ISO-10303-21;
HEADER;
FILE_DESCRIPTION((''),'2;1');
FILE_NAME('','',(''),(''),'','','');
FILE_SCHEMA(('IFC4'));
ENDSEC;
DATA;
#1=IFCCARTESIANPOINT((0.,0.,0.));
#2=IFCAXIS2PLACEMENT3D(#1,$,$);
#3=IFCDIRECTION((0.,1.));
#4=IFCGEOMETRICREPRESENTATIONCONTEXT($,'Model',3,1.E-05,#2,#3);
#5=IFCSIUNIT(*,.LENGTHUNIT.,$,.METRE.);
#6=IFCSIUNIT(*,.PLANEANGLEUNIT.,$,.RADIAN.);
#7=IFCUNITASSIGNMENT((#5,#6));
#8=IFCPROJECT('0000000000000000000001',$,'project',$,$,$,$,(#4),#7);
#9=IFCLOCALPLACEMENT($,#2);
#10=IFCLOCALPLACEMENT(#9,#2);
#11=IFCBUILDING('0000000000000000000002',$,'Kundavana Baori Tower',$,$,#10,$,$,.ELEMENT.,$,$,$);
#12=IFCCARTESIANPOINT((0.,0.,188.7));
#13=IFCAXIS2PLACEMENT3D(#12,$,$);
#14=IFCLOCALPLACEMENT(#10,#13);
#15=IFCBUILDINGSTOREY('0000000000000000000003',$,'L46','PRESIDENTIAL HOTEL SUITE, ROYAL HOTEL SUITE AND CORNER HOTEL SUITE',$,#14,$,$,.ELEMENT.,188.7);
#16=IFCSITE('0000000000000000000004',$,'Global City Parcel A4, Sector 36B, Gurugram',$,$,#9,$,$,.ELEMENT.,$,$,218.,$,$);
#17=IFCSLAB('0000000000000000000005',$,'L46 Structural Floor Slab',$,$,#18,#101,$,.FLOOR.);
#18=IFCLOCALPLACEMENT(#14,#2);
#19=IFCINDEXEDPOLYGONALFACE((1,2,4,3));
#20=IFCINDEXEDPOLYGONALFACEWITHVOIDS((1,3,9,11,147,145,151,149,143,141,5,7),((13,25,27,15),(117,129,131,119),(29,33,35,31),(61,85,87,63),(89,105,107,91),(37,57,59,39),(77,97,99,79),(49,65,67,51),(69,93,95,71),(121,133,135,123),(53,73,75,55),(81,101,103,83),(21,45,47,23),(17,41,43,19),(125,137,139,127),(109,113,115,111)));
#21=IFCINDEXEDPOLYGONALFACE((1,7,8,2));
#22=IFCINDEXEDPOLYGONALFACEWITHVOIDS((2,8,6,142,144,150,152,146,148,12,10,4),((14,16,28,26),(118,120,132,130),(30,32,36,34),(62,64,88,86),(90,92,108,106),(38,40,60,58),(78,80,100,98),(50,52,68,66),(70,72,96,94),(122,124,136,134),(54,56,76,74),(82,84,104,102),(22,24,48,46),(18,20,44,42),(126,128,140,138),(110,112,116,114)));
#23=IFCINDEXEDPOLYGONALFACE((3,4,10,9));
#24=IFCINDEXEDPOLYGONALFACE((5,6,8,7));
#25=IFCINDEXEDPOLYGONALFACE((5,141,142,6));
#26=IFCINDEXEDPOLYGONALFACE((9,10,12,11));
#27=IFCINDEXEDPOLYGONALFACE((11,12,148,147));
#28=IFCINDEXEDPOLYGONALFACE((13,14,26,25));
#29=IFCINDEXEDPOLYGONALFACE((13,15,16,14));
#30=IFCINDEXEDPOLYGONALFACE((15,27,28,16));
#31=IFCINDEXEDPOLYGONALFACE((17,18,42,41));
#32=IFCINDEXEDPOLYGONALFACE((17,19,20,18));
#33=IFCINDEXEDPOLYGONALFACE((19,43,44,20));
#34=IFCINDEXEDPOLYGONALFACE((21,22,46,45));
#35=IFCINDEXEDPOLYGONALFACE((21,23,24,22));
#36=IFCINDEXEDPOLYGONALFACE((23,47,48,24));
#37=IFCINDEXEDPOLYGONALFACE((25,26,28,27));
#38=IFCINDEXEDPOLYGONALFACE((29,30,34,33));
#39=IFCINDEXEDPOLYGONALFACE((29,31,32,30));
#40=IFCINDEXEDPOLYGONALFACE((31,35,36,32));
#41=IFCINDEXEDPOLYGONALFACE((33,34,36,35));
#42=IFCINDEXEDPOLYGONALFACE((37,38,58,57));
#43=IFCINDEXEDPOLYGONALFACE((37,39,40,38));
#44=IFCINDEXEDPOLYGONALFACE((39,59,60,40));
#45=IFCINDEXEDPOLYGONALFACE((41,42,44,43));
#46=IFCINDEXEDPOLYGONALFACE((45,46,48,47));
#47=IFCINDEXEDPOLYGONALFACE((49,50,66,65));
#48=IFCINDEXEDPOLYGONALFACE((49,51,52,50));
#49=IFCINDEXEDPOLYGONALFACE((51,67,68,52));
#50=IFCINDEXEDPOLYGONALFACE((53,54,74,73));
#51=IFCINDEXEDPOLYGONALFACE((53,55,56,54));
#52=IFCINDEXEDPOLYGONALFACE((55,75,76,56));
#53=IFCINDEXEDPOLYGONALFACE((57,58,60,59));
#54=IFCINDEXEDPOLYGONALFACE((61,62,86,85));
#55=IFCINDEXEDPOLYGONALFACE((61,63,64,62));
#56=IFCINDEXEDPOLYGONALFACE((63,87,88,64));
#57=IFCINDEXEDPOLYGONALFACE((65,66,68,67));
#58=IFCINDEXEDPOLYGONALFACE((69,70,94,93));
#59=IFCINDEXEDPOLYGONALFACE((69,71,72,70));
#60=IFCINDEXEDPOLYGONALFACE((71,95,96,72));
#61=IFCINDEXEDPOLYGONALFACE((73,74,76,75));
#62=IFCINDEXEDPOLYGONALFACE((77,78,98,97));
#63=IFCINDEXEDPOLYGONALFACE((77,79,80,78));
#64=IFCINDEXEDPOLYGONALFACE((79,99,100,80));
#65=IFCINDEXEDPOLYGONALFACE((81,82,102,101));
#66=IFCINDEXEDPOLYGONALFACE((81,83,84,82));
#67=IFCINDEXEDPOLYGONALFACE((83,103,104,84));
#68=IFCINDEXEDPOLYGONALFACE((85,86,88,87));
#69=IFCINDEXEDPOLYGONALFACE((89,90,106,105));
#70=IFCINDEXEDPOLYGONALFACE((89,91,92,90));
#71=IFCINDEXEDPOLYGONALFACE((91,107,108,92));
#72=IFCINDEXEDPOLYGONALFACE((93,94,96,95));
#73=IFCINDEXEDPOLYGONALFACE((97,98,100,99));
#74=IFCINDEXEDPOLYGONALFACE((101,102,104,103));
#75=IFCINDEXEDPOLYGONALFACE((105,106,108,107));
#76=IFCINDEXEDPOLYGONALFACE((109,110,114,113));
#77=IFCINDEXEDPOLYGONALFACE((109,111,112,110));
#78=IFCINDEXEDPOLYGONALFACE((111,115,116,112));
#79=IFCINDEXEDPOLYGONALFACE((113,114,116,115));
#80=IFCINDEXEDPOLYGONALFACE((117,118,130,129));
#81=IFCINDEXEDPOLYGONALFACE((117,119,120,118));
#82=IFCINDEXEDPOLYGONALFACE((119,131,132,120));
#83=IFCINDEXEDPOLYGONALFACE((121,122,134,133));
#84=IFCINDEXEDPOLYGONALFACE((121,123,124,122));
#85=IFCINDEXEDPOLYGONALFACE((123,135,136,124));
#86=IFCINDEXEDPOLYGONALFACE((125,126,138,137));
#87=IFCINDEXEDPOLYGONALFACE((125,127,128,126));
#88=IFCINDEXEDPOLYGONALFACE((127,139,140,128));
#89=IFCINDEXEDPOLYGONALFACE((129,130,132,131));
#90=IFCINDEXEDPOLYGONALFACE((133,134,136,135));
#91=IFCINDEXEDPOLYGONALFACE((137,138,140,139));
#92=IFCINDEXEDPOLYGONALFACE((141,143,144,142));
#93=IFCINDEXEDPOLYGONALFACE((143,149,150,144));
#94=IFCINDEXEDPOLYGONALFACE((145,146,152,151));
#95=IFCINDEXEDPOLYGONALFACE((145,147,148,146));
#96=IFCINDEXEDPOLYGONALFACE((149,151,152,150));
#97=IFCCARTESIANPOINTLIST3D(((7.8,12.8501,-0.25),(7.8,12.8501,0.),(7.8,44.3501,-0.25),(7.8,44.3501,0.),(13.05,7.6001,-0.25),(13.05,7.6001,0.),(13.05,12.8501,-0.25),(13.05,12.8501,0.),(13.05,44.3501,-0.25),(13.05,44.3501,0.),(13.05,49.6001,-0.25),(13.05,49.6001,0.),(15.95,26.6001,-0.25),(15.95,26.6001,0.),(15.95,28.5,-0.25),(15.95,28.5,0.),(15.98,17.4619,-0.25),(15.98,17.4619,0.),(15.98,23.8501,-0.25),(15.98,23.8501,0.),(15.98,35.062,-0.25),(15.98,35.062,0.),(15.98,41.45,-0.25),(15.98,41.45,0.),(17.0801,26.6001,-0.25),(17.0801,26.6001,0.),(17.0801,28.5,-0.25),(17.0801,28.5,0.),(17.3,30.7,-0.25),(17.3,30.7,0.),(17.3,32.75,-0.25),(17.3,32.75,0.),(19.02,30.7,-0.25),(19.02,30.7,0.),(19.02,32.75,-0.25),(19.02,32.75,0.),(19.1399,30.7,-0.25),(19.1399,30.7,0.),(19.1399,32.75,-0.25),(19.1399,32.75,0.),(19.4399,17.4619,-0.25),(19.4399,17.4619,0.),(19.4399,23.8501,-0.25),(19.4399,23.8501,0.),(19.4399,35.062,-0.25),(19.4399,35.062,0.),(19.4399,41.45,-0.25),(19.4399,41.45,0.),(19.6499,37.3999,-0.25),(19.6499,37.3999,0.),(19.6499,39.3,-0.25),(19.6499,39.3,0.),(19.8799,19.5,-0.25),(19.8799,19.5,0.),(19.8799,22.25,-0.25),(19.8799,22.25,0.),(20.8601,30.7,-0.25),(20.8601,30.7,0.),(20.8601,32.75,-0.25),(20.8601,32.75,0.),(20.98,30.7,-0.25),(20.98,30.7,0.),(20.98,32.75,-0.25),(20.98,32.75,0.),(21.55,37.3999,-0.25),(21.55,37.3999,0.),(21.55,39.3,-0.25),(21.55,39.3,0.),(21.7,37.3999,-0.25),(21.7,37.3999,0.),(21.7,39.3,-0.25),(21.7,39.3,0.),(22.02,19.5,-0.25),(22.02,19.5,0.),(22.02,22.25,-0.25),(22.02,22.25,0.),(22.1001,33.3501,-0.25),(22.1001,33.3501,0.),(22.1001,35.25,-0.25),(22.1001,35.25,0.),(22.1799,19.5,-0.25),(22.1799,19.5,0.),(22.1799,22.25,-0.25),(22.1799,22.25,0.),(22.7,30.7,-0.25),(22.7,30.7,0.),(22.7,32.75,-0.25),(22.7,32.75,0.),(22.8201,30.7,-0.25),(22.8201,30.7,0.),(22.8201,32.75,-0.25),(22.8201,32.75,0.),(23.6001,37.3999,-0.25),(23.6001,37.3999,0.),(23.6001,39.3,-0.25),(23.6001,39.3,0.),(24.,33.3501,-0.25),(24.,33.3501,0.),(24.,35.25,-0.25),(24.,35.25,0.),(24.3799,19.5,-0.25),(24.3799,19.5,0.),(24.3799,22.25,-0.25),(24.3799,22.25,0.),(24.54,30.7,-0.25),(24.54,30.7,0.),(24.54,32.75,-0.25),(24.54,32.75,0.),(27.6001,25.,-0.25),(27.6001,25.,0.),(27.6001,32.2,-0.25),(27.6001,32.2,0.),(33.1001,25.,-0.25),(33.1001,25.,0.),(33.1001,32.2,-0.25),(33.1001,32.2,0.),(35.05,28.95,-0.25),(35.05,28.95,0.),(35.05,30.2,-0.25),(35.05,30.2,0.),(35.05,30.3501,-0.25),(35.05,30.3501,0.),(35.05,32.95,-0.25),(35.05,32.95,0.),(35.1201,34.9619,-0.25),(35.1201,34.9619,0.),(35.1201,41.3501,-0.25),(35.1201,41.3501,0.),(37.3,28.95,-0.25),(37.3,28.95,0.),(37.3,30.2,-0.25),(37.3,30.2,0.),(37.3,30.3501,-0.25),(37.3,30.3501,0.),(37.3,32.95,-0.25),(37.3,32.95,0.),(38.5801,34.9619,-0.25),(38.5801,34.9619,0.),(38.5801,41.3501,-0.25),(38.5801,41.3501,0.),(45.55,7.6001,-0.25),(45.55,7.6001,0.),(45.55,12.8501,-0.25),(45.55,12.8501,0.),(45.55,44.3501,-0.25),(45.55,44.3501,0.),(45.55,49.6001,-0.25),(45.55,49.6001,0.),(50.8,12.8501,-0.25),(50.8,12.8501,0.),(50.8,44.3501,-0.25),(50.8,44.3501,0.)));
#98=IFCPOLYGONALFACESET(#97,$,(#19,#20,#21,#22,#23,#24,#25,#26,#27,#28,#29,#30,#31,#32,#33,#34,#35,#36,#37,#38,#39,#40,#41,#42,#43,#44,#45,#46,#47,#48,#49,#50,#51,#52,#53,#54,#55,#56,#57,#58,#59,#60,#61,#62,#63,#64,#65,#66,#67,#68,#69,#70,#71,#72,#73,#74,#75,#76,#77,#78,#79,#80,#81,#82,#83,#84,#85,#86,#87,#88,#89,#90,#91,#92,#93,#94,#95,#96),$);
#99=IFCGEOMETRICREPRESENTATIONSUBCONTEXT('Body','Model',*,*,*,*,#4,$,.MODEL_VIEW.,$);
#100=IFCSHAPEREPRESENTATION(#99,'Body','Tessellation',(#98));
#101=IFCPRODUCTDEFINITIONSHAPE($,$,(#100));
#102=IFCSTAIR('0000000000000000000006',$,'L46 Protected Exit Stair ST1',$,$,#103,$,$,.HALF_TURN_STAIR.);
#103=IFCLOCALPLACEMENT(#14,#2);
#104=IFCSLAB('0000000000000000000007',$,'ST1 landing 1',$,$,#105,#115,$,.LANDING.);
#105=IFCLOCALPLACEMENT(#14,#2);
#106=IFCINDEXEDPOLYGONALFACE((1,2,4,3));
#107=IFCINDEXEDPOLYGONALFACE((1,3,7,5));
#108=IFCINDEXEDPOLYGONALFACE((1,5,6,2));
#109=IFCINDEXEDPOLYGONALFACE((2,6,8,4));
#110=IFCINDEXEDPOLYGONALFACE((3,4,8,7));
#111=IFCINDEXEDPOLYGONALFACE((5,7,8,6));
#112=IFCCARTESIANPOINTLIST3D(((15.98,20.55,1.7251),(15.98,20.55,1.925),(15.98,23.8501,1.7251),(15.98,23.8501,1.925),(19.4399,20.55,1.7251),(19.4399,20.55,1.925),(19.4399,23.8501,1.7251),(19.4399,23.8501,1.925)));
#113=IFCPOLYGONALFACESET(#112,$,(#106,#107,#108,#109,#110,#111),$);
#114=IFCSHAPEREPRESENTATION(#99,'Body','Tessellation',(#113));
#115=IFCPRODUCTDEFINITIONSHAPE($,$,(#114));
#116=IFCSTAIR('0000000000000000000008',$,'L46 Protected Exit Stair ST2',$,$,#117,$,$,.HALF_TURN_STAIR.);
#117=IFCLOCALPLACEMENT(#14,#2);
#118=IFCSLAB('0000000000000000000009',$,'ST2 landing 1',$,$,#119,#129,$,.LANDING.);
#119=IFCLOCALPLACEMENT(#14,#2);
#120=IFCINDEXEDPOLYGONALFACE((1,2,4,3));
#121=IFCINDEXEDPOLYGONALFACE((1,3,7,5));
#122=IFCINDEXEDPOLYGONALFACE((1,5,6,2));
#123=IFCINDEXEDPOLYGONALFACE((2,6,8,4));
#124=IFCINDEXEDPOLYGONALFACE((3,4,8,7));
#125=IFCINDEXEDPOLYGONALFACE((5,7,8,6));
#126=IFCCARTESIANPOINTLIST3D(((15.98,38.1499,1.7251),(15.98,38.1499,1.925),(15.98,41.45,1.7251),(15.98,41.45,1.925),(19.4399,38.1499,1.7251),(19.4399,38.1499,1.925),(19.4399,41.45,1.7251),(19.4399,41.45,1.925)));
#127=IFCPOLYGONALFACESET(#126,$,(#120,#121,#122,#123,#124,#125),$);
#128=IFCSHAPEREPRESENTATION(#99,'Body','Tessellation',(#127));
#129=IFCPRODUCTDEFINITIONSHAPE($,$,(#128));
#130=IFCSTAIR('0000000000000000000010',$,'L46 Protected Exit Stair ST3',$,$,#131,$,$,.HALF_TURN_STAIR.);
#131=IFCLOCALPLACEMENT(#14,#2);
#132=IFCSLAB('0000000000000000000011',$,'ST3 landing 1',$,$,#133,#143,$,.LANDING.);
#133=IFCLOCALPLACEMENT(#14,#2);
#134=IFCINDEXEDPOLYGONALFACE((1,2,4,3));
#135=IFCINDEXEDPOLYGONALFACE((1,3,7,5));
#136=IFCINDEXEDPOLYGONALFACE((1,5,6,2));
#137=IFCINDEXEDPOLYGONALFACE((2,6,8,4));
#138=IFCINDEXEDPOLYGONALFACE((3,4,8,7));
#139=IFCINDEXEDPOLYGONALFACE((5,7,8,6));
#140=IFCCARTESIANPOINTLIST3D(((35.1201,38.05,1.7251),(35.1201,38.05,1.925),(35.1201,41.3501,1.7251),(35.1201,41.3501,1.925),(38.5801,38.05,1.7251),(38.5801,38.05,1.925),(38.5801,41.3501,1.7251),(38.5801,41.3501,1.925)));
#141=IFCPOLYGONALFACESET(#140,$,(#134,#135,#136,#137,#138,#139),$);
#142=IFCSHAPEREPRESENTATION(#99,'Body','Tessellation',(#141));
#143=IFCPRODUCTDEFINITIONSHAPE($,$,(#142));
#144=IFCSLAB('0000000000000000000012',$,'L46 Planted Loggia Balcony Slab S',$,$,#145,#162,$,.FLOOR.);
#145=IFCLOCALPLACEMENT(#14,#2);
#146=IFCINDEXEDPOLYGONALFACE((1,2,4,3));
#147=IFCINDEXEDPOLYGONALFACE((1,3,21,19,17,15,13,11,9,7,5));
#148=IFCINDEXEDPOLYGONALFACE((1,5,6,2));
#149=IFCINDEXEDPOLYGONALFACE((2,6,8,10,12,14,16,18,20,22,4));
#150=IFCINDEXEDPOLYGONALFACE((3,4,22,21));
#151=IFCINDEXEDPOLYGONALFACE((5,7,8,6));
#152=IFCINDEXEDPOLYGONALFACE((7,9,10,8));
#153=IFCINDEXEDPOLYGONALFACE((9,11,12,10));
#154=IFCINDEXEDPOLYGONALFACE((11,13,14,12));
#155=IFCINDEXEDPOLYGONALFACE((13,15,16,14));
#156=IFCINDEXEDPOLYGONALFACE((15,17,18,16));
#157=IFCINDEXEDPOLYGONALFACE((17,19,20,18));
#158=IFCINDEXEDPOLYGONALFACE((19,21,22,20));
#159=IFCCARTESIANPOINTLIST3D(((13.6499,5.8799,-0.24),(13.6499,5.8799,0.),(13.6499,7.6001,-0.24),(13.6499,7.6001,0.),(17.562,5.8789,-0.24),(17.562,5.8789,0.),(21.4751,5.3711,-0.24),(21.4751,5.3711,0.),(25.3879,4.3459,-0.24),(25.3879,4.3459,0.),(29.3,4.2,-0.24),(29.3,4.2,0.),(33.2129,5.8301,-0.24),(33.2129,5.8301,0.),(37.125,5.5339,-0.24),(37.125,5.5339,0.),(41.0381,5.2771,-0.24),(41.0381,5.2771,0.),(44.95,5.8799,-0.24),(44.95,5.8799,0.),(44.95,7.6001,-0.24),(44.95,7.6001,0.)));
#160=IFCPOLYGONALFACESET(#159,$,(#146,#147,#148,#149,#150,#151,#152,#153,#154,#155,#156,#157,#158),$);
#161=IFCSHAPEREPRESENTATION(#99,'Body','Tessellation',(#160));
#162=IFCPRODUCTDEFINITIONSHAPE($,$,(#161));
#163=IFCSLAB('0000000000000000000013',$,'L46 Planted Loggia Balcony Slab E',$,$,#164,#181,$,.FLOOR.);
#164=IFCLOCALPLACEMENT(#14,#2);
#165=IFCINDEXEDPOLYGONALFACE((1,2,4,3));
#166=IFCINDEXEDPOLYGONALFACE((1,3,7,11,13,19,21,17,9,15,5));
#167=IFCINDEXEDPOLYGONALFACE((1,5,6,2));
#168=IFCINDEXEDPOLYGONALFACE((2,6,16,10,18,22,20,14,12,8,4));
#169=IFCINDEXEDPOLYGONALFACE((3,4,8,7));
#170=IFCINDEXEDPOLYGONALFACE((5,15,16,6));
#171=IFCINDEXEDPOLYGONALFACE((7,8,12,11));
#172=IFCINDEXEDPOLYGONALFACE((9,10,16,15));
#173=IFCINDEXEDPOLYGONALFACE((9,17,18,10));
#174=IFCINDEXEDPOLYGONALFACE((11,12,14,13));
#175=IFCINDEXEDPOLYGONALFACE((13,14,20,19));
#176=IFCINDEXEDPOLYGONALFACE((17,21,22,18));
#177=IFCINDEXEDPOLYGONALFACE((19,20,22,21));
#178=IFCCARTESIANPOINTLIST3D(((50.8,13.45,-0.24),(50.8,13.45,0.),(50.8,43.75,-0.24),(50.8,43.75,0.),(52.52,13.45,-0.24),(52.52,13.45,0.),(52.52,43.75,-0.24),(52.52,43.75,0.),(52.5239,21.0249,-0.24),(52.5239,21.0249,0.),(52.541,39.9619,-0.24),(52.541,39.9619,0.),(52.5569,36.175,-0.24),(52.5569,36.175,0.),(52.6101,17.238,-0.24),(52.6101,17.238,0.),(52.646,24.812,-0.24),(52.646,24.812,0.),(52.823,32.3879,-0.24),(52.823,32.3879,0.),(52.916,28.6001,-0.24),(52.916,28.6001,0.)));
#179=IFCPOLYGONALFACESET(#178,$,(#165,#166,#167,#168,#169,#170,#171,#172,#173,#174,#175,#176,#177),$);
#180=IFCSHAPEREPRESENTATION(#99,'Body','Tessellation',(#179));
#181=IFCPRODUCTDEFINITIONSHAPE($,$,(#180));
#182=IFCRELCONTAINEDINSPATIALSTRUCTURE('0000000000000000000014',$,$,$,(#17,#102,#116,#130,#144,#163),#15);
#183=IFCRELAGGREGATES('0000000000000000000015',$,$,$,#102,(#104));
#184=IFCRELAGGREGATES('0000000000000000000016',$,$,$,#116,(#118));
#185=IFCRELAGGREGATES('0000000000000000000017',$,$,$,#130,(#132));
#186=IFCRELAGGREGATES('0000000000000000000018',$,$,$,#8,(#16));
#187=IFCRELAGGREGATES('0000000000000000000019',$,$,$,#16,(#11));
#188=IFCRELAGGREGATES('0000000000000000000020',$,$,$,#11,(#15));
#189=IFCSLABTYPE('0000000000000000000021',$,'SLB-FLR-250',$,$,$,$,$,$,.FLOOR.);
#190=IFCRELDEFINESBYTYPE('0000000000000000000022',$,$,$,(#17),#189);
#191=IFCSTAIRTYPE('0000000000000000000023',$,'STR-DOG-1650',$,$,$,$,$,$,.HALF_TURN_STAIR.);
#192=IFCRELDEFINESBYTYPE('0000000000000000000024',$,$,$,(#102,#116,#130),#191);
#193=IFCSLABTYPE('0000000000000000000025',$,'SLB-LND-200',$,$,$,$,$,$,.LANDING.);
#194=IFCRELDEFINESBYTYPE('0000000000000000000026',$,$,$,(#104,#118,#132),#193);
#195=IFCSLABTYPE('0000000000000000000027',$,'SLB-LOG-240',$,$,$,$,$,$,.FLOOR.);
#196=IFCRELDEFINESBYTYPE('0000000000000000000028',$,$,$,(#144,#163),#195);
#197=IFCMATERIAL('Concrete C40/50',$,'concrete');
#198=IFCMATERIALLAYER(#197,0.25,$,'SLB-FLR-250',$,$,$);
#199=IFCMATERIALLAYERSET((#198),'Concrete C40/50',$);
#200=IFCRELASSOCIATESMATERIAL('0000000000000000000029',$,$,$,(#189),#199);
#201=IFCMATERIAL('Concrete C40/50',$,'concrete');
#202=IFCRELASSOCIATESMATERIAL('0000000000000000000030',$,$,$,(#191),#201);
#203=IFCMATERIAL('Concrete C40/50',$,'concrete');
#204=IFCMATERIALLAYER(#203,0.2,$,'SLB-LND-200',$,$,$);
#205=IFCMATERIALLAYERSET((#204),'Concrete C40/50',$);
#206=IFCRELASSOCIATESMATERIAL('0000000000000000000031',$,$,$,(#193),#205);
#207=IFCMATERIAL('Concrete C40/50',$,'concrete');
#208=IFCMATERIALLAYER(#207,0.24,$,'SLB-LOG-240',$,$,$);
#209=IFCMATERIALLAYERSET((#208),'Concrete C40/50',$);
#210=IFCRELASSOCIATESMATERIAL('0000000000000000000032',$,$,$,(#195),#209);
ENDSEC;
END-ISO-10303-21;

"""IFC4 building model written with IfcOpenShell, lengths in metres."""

from ifc_helpers import new_model, si_unit, direction, frame, origin, place, context, subcontext, project, spatial, polyline, outline, extrude, material, layer, layer_set, type_object, element, aggregate, save


model = new_model("IFC4")

# Units and contexts
model_context = context("Model", 3, precision=1e-05, world=origin(), true_north=direction((0.0, 1.0)))
body_context = subcontext(model_context, "Body", "Model", "MODEL_VIEW")
ifc_project = project(units=[si_unit("LENGTHUNIT", "METRE"), si_unit("PLANEANGLEUNIT", "RADIAN")], contexts=[model_context])

# Site, building, storey
site_placement = place(None, origin())
site = spatial("IfcSite", under=ifc_project, at=site_placement, Name="Global City Parcel A4, Sector 36B, Gurugram", CompositionType="ELEMENT", RefElevation=218.0)
building_placement = place(site_placement, origin())
building = spatial("IfcBuilding", under=site, at=building_placement, Name="Kundavana Baori Tower", CompositionType="ELEMENT")
storey_placement = place(building_placement, frame((0.0, 0.0, 188.7)))
storey = spatial("IfcBuildingStorey", under=building, at=storey_placement, Name="L46", Description="PRESIDENTIAL HOTEL SUITE, ROYAL HOTEL SUITE AND CORNER HOTEL SUITE", CompositionType="ELEMENT", Elevation=188.7)

# Slab
ifc_material_1 = material(Name="Concrete C40/50", Category="concrete")
ifc_layer_1 = layer(ifc_material_1, 0.25, Name="SLB-FLR-250")
ifc_layer_set_1 = layer_set([ifc_layer_1], Name="Concrete C40/50")
slab_type_1 = type_object("IfcSlabType", Name="SLB-FLR-250", PredefinedType="FLOOR", material=ifc_layer_set_1)
slab_1_placement = place(storey_placement, frame((0.0, 0.0, -0.25)))
element("IfcSlab", 1, at=slab_1_placement, inside=storey, type_object=slab_type_1, Name="L46 Structural Floor Slab", PredefinedType="FLOOR", context=body_context, shape_type="SweptSolid", body=[
    extrude(outline(polyline([(13.05, 7.6001), (45.55, 7.6001), (45.55, 12.8501), (50.8, 12.8501), (50.8, 44.3501), (45.55, 44.3501), (45.55, 49.6001), (13.05, 49.6001), (13.05, 44.3501), (7.8, 44.3501), (7.8, 12.8501), (13.05, 12.8501), (13.05, 7.6001)]), holes=[polyline([(19.4399, 17.4619), (19.4399, 23.8501), (15.98, 23.8501), (15.98, 17.4619), (19.4399, 17.4619)]), polyline([(19.4399, 35.062), (19.4399, 41.45), (15.98, 41.45), (15.98, 35.062), (19.4399, 35.062)]), polyline([(38.5801, 34.9619), (38.5801, 41.3501), (35.1201, 41.3501), (35.1201, 34.9619), (38.5801, 34.9619)]), polyline([(17.3, 30.7), (19.02, 30.7), (19.02, 32.75), (17.3, 32.75), (17.3, 30.7)]), polyline([(19.1399, 30.7), (20.8601, 30.7), (20.8601, 32.75), (19.1399, 32.75), (19.1399, 30.7)]), polyline([(20.98, 30.7), (22.7, 30.7), (22.7, 32.75), (20.98, 32.75), (20.98, 30.7)]), polyline([(22.8201, 30.7), (24.54, 30.7), (24.54, 32.75), (22.8201, 32.75), (22.8201, 30.7)]), polyline([(19.6499, 37.3999), (21.55, 37.3999), (21.55, 39.3), (19.6499, 39.3), (19.6499, 37.3999)]), polyline([(21.7, 37.3999), (23.6001, 37.3999), (23.6001, 39.3), (21.7, 39.3), (21.7, 37.3999)]), polyline([(22.1001, 33.3501), (24.0, 33.3501), (24.0, 35.25), (22.1001, 35.25), (22.1001, 33.3501)]), polyline([(19.8799, 19.5), (22.02, 19.5), (22.02, 22.25), (19.8799, 22.25), (19.8799, 19.5)]), polyline([(22.1799, 19.5), (24.3799, 19.5), (24.3799, 22.25), (22.1799, 22.25), (22.1799, 19.5)]), polyline([(35.05, 30.3501), (37.3, 30.3501), (37.3, 32.95), (35.05, 32.95), (35.05, 30.3501)]), polyline([(15.95, 26.6001), (17.0801, 26.6001), (17.0801, 28.5), (15.95, 28.5), (15.95, 26.6001)]), polyline([(35.05, 28.95), (37.3, 28.95), (37.3, 30.2), (35.05, 30.2), (35.05, 28.95)]), polyline([(27.6001, 25.0), (33.1001, 25.0), (33.1001, 32.2), (27.6001, 32.2), (27.6001, 25.0)])]), origin(), (0.0, 0.0, 1.0), 0.25),
])

# Stairs, slabs
ifc_material_2 = material(Name="Concrete C40/50", Category="concrete")
stair_type = type_object("IfcStairType", Name="STR-DOG-1650", PredefinedType="HALF_TURN_STAIR", material=ifc_material_2)
stair_1_placement = place(storey_placement, origin())
stair_1 = element("IfcStair", 2, at=stair_1_placement, inside=storey, type_object=stair_type, Name="L46 Protected Exit Stair ST1", PredefinedType="HALF_TURN_STAIR")
ifc_material_3 = material(Name="Concrete C40/50", Category="concrete")
ifc_layer_2 = layer(ifc_material_3, 0.2, Name="SLB-LND-200")
ifc_layer_set_2 = layer_set([ifc_layer_2], Name="Concrete C40/50")
slab_type_2 = type_object("IfcSlabType", Name="SLB-LND-200", PredefinedType="LANDING", material=ifc_layer_set_2)
slab_2_placement = place(storey_placement, frame((0.0, 0.0, 1.7251)))
slab_2 = element("IfcSlab", 3, at=slab_2_placement, type_object=slab_type_2, Name="ST1 landing 1", PredefinedType="LANDING", context=body_context, shape_type="SweptSolid", body=[
    extrude(outline(polyline([(19.4399, 20.55), (19.4399, 23.8501), (15.98, 23.8501), (15.98, 20.55), (19.4399, 20.55)])), origin(), (0.0, 0.0, 1.0), 0.2),
])
aggregate(stair_1, [slab_2])
stair_2_placement = place(storey_placement, origin())
stair_2 = element("IfcStair", 4, at=stair_2_placement, inside=storey, type_object=stair_type, Name="L46 Protected Exit Stair ST2", PredefinedType="HALF_TURN_STAIR")
slab_3_placement = place(storey_placement, frame((0.0, 0.0, 1.7251)))
slab_3 = element("IfcSlab", 5, at=slab_3_placement, type_object=slab_type_2, Name="ST2 landing 1", PredefinedType="LANDING", context=body_context, shape_type="SweptSolid", body=[
    extrude(outline(polyline([(19.4399, 38.1499), (19.4399, 41.45), (15.98, 41.45), (15.98, 38.1499), (19.4399, 38.1499)])), origin(), (0.0, 0.0, 1.0), 0.2),
])
aggregate(stair_2, [slab_3])
stair_3_placement = place(storey_placement, origin())
stair_3 = element("IfcStair", 6, at=stair_3_placement, inside=storey, type_object=stair_type, Name="L46 Protected Exit Stair ST3", PredefinedType="HALF_TURN_STAIR")
slab_4_placement = place(storey_placement, frame((0.0, 0.0, 1.7251)))
slab_4 = element("IfcSlab", 7, at=slab_4_placement, type_object=slab_type_2, Name="ST3 landing 1", PredefinedType="LANDING", context=body_context, shape_type="SweptSolid", body=[
    extrude(outline(polyline([(38.5801, 38.05), (38.5801, 41.3501), (35.1201, 41.3501), (35.1201, 38.05), (38.5801, 38.05)])), origin(), (0.0, 0.0, 1.0), 0.2),
])
aggregate(stair_3, [slab_4])

# Slabs
ifc_material_4 = material(Name="Concrete C40/50", Category="concrete")
ifc_layer_3 = layer(ifc_material_4, 0.24, Name="SLB-LOG-240")
ifc_layer_set_3 = layer_set([ifc_layer_3], Name="Concrete C40/50")
slab_type_3 = type_object("IfcSlabType", Name="SLB-LOG-240", PredefinedType="FLOOR", material=ifc_layer_set_3)
slab_5_placement = place(storey_placement, frame((0.0, 0.0, -0.24)))
element("IfcSlab", 8, at=slab_5_placement, inside=storey, type_object=slab_type_3, Name="L46 Planted Loggia Balcony Slab S", PredefinedType="FLOOR", context=body_context, shape_type="SweptSolid", body=[
    extrude(outline(polyline([(13.6499, 7.6001), (44.95, 7.6001), (44.95, 5.8799), (41.0381, 5.2771), (37.125, 5.5339), (33.2129, 5.8301), (29.3, 4.2), (25.3879, 4.3459), (21.4751, 5.3711), (17.562, 5.8789), (13.6499, 5.8799), (13.6499, 7.6001)])), origin(), (0.0, 0.0, 1.0), 0.24),
])
slab_6_placement = place(storey_placement, frame((0.0, 0.0, -0.24)))
element("IfcSlab", 9, at=slab_6_placement, inside=storey, type_object=slab_type_3, Name="L46 Planted Loggia Balcony Slab E", PredefinedType="FLOOR", context=body_context, shape_type="SweptSolid", body=[
    extrude(outline(polyline([(50.8, 13.45), (50.8, 43.75), (52.52, 43.75), (52.541, 39.9619), (52.5569, 36.175), (52.823, 32.3879), (52.916, 28.6001), (52.646, 24.812), (52.5239, 21.0249), (52.6101, 17.238), (52.52, 13.45), (50.8, 13.45)])), origin(), (0.0, 0.0, 1.0), 0.24),
])

save(model, "model.ifc")
